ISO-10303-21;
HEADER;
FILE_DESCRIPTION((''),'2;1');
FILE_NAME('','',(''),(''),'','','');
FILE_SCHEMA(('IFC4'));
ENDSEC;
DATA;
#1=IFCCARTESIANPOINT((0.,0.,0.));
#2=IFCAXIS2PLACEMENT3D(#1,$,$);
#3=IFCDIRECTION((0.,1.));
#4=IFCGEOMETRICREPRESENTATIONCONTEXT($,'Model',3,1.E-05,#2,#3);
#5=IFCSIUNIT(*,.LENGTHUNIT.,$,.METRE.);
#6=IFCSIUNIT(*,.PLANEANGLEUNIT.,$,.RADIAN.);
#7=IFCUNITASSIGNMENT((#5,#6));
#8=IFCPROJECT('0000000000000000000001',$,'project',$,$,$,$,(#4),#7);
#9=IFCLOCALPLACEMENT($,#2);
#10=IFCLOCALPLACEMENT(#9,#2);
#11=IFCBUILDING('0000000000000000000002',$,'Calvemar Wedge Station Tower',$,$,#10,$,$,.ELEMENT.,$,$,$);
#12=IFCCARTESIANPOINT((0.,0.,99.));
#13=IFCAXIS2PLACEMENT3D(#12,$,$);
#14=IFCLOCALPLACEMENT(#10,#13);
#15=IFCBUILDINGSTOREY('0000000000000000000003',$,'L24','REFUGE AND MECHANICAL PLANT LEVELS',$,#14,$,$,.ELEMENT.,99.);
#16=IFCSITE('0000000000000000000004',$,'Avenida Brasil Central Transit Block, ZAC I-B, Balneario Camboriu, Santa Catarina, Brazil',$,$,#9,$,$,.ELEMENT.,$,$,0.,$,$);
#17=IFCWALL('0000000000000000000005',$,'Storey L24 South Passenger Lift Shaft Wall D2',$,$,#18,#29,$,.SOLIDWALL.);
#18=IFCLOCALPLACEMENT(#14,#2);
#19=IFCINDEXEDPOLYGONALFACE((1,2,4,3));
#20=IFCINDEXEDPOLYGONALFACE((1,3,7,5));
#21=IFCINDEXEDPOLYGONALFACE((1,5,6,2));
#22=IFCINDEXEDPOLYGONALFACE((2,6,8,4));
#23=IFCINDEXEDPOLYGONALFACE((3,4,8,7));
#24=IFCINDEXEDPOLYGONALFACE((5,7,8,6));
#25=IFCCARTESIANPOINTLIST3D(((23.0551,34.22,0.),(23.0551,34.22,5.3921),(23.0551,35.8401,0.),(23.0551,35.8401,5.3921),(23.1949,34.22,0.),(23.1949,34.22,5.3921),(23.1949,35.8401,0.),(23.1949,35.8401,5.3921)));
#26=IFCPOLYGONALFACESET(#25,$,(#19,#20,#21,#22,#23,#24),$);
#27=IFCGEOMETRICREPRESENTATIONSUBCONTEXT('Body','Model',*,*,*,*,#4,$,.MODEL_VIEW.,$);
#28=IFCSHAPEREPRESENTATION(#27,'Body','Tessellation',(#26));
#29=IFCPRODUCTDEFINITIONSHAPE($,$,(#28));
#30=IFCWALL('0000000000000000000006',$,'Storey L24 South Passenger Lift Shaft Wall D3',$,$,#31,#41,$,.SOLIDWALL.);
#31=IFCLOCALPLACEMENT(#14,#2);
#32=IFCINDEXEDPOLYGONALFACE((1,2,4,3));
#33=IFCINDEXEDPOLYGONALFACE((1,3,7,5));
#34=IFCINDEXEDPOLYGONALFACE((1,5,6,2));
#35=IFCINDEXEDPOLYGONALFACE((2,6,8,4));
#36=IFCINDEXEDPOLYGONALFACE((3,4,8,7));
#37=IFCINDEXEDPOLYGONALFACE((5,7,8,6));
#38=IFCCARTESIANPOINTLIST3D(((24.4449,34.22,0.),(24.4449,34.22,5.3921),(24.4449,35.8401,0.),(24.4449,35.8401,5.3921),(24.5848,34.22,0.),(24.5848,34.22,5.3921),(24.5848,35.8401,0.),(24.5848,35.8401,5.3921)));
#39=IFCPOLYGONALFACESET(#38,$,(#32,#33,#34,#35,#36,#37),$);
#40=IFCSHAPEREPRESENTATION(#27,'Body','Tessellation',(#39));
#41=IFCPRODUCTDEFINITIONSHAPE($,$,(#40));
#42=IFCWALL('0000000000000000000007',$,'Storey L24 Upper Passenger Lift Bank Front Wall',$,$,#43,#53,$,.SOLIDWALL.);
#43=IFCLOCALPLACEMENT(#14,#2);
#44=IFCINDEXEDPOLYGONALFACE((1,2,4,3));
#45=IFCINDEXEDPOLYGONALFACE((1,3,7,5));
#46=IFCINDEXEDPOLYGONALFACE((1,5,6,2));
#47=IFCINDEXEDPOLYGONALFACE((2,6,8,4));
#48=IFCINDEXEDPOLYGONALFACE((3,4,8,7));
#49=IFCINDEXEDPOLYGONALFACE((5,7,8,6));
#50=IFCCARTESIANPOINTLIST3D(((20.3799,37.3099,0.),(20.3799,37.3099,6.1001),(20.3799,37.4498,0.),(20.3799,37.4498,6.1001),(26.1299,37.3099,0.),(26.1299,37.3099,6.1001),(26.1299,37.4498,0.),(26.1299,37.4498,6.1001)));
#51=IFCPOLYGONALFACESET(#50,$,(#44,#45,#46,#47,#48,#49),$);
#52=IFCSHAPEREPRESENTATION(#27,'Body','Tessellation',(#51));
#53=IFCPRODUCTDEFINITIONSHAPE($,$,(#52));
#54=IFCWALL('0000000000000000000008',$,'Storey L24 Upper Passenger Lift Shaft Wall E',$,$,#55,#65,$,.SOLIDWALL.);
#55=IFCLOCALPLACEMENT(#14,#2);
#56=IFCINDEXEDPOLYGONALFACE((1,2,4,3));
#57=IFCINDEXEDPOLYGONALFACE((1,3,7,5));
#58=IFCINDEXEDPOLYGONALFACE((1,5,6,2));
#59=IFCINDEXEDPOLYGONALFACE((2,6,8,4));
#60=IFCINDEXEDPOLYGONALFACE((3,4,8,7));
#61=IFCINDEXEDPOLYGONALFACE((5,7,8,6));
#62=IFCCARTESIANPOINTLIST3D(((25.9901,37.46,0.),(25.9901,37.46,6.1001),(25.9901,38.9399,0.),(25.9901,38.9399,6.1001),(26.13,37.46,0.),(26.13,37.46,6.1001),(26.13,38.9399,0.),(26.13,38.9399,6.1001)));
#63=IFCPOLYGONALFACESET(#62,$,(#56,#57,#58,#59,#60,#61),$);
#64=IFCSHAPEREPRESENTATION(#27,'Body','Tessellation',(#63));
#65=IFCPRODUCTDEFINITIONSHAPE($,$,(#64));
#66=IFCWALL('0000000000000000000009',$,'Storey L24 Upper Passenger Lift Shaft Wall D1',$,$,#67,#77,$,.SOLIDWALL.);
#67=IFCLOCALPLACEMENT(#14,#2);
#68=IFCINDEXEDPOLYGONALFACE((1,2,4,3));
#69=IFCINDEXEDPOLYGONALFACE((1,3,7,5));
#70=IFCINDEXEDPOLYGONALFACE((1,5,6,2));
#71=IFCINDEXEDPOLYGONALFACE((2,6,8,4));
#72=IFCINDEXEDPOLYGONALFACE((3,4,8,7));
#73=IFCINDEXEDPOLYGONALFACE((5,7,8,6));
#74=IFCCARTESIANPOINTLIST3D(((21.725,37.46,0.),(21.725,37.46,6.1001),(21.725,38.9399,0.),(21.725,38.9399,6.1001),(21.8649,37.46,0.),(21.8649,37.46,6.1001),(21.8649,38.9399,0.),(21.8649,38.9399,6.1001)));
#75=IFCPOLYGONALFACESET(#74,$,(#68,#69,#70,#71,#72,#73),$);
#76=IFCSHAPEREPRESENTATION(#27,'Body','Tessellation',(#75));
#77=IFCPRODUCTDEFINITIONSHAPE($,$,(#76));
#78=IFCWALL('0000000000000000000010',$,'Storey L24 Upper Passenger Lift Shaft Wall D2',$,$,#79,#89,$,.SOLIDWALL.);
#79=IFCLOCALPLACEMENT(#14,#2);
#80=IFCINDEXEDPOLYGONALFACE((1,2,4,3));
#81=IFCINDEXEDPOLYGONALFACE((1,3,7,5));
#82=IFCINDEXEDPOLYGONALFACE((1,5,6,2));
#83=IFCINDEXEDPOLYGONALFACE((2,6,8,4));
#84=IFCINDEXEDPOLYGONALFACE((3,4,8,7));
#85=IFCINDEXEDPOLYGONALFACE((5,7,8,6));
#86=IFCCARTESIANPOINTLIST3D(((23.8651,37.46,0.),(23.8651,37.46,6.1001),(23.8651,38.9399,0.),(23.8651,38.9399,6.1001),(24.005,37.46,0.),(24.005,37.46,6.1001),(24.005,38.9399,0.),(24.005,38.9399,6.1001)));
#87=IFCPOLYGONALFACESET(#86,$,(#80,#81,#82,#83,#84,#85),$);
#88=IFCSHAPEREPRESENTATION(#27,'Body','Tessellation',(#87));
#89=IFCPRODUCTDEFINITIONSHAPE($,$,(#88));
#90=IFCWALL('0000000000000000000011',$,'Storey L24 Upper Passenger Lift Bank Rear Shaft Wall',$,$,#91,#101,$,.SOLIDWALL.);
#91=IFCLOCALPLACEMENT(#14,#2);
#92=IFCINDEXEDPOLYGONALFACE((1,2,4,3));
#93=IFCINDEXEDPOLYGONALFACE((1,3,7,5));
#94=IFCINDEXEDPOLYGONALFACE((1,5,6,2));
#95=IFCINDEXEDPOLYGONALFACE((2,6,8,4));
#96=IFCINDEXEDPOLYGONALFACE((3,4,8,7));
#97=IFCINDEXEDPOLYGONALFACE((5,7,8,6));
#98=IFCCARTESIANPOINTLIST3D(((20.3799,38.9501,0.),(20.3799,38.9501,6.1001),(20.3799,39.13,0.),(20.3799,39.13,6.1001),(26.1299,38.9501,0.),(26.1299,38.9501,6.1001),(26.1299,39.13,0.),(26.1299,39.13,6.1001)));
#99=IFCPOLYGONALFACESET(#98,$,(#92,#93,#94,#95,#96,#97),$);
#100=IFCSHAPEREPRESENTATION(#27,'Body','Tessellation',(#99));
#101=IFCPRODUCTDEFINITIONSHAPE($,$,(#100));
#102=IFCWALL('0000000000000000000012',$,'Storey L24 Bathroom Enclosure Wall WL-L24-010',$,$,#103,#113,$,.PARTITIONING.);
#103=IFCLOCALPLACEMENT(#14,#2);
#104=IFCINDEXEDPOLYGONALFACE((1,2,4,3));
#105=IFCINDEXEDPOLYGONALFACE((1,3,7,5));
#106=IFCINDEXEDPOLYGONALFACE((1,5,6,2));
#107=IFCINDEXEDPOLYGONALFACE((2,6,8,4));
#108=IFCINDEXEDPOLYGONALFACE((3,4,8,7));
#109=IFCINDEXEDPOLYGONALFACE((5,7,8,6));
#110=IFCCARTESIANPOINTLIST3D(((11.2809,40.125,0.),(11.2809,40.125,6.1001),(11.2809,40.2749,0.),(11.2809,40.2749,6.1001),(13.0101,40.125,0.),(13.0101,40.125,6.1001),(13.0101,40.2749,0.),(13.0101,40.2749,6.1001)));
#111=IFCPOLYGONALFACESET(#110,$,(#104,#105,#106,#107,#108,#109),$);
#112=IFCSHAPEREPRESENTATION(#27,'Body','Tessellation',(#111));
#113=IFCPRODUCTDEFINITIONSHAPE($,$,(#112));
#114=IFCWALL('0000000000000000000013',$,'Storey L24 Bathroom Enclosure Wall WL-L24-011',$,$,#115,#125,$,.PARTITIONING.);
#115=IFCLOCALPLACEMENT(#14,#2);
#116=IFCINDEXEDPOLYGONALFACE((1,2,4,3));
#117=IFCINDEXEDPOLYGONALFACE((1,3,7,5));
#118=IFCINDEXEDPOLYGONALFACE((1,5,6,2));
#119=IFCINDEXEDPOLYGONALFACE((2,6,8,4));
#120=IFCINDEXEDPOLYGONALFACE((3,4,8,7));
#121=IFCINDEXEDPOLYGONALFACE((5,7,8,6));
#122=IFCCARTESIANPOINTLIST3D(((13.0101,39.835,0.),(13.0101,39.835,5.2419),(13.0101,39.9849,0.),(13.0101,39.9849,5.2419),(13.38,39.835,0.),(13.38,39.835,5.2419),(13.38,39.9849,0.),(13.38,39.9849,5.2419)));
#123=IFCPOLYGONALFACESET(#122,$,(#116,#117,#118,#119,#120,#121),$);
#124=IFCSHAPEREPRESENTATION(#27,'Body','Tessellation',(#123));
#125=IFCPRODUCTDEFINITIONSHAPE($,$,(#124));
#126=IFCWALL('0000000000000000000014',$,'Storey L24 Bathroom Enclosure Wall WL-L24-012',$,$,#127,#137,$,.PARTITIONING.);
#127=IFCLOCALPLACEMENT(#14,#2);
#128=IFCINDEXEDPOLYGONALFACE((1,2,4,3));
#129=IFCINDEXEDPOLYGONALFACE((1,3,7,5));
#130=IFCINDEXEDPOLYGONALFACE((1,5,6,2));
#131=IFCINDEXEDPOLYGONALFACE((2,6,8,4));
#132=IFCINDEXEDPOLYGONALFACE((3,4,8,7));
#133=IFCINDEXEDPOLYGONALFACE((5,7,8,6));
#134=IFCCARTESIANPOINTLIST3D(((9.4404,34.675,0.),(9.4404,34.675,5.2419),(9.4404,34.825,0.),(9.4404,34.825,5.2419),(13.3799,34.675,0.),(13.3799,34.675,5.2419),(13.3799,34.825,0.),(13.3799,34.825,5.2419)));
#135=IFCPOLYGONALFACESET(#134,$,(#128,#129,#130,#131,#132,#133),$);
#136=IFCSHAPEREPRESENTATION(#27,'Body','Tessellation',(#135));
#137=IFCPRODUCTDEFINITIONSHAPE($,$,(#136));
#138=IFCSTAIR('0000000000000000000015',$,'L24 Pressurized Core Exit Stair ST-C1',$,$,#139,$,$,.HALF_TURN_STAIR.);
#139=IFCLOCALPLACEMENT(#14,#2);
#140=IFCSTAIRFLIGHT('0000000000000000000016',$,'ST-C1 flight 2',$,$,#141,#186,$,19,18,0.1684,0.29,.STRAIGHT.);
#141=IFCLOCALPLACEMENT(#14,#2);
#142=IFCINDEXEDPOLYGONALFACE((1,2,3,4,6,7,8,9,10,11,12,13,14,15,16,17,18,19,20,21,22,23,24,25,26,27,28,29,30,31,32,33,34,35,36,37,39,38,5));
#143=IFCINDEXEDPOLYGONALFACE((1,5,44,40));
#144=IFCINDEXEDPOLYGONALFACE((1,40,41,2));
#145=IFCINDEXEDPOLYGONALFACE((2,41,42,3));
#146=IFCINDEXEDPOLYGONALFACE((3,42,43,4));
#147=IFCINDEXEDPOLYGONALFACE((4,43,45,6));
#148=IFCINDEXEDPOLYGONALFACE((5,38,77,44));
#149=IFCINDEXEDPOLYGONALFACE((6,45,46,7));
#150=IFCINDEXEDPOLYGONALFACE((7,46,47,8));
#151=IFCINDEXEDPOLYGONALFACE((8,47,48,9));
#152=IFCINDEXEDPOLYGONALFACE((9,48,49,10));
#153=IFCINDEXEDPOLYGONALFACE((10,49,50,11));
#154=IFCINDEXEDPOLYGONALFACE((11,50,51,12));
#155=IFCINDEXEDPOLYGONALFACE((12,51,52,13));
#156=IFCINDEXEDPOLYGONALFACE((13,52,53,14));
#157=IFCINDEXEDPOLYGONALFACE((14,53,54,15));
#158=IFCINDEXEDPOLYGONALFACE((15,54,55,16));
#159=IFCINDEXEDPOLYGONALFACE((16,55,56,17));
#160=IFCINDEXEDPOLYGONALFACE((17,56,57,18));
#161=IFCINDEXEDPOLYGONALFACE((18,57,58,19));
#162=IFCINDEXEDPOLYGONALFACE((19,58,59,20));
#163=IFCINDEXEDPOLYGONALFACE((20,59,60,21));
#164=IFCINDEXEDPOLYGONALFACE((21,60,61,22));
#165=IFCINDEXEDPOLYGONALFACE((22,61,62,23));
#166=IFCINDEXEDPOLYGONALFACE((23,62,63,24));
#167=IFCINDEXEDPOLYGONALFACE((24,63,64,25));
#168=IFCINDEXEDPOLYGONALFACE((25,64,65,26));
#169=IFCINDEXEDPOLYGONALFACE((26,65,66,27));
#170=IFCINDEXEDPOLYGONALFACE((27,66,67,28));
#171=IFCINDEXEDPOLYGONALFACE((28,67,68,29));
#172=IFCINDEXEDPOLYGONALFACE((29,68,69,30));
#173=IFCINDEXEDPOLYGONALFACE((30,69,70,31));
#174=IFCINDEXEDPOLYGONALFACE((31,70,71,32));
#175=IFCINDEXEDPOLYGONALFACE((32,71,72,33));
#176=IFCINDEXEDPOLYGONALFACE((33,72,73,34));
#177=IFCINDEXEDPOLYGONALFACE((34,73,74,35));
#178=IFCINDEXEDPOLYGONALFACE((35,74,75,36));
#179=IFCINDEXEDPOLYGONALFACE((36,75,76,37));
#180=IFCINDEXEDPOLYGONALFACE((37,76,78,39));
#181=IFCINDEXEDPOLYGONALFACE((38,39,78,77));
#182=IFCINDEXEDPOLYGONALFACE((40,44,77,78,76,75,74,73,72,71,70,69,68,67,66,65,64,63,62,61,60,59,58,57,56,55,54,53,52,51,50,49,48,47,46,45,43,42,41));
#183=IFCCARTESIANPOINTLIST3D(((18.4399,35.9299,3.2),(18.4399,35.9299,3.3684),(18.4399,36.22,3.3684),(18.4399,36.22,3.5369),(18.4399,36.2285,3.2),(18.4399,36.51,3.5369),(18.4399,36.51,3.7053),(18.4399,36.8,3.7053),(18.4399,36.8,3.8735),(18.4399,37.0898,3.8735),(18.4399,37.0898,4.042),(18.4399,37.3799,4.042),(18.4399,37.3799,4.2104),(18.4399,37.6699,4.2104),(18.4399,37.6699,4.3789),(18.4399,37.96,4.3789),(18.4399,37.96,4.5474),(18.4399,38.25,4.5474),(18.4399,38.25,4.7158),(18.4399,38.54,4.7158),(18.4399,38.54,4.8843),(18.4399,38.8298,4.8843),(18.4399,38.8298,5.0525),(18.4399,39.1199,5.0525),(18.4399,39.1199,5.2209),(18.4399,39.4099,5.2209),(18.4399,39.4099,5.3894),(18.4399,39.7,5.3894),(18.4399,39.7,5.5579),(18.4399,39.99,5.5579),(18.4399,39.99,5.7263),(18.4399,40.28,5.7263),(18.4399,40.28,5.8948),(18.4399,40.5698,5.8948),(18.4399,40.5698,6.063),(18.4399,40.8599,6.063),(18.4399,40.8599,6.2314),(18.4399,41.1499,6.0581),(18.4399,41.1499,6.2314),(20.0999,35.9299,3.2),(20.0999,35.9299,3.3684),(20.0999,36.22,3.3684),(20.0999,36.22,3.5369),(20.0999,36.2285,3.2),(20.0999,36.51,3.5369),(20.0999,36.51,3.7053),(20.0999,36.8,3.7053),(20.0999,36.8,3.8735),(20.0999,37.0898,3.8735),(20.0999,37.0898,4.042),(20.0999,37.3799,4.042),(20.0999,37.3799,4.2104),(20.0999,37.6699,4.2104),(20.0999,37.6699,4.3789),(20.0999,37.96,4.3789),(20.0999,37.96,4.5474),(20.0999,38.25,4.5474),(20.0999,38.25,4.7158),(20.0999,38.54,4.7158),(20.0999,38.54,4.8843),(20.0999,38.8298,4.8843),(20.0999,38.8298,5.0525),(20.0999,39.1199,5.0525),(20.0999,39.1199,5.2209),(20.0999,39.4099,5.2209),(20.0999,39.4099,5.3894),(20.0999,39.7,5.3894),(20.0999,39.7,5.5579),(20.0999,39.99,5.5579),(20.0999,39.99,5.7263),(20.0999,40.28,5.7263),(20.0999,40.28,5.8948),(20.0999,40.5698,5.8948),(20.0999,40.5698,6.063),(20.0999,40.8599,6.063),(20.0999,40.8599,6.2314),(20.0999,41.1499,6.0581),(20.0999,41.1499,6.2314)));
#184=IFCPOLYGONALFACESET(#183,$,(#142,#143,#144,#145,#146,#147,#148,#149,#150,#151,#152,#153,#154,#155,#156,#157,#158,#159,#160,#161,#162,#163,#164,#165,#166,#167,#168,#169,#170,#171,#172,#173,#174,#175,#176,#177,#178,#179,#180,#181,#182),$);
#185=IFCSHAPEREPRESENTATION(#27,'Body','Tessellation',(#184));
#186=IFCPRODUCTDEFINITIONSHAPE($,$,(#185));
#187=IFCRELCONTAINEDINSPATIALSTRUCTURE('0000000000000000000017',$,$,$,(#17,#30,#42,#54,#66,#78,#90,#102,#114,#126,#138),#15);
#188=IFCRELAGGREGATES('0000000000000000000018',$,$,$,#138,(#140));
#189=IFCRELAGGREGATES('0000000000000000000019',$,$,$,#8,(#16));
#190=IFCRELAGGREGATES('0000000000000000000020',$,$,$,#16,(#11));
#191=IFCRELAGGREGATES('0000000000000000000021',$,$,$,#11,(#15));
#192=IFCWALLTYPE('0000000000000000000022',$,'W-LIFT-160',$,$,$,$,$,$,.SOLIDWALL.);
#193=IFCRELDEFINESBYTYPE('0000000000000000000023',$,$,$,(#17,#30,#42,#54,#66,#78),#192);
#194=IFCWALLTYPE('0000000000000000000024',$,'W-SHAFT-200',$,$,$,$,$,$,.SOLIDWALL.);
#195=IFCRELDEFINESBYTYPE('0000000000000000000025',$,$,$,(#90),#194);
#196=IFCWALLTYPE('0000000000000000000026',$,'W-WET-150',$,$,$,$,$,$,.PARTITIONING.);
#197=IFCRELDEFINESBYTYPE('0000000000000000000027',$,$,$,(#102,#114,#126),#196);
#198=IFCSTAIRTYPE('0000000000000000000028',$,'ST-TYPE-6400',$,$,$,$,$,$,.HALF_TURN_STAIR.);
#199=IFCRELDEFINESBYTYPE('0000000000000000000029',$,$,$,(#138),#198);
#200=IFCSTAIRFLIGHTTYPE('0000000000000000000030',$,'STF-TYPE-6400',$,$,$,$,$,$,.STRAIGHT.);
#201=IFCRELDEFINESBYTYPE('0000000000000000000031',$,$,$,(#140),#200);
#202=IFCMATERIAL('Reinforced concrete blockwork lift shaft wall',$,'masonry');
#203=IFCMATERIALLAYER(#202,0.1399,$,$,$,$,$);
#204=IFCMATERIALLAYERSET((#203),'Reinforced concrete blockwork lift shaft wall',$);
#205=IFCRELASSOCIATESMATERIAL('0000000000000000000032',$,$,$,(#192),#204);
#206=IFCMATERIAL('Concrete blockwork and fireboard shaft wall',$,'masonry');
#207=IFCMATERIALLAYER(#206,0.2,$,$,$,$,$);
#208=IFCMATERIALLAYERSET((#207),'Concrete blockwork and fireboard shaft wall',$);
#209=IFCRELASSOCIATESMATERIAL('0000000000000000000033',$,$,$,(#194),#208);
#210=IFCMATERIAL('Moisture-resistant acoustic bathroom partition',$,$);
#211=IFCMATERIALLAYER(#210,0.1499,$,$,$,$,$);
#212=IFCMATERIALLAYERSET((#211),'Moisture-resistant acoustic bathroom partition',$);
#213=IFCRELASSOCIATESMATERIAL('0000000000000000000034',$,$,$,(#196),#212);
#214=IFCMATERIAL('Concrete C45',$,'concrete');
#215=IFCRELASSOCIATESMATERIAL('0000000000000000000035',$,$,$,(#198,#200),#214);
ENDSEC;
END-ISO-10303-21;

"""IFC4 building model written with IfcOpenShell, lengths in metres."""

from ifc_helpers import new_model, si_unit, direction, frame, frame_2d, origin, place, context, subcontext, project, spatial, polyline, rectangle, outline, extrude, material, layer, layer_set, type_object, element, aggregate, save


model = new_model("IFC4")

# Units and contexts
model_context = context("Model", 3, precision=1e-05, world=origin(), true_north=direction((0.0, 1.0)))
body_context = subcontext(model_context, "Body", "Model", "MODEL_VIEW")
ifc_project = project(units=[si_unit("LENGTHUNIT", "METRE"), si_unit("PLANEANGLEUNIT", "RADIAN")], contexts=[model_context])

# Site, building, storey
site_placement = place(None, origin())
site = spatial("IfcSite", under=ifc_project, at=site_placement, Name="Avenida Brasil Central Transit Block, ZAC I-B, Balneario Camboriu, Santa Catarina, Brazil", CompositionType="ELEMENT", RefElevation=0.0)
building_placement = place(site_placement, origin())
building = spatial("IfcBuilding", under=site, at=building_placement, Name="Calvemar Wedge Station Tower", CompositionType="ELEMENT")
storey_placement = place(building_placement, frame((0.0, 0.0, 99.0)))
storey = spatial("IfcBuildingStorey", under=building, at=storey_placement, Name="L24", Description="REFUGE AND MECHANICAL PLANT LEVELS", CompositionType="ELEMENT", Elevation=99.0)

# Walls
ifc_material_1 = material(Name="Reinforced concrete blockwork lift shaft wall", Category="masonry")
ifc_layer_1 = layer(ifc_material_1, 0.1399)
ifc_layer_set_1 = layer_set([ifc_layer_1], Name="Reinforced concrete blockwork lift shaft wall")
wall_type_1 = type_object("IfcWallType", Name="W-LIFT-160", PredefinedType="SOLIDWALL", material=ifc_layer_set_1)
for number, where, z_axis, x_axis, name in (
    (1, (23.125, 34.22, 0.0), (0.0, 0.0, 1.0), (0.0, 1.0, 0.0), "Storey L24 South Passenger Lift Shaft Wall D2"),
    (2, (24.5149, 34.22, 0.0), (0.0, 0.0, 1.0), (0.0, 1.0, 0.0), "Storey L24 South Passenger Lift Shaft Wall D3"),
):
    element("IfcWall", number, at=place(storey_placement, frame(where, z_axis=z_axis, x_axis=x_axis)), inside=storey, type_object=wall_type_1, Name=name, PredefinedType="SOLIDWALL", context=body_context, shape_type="SweptSolid", body=[
        extrude(rectangle(XDim=1.6201, YDim=0.1399, at=frame_2d((0.8101, 0.0))), origin(), (0.0, 0.0, 1.0), 5.3921),
    ])
wall_1_placement = place(storey_placement, frame((20.3799, 37.3799, 0.0), z_axis=(0.0, 0.0, 1.0), x_axis=(1.0, 0.0, 0.0)))
element("IfcWall", 3, at=wall_1_placement, inside=storey, type_object=wall_type_1, Name="Storey L24 Upper Passenger Lift Bank Front Wall", PredefinedType="SOLIDWALL", context=body_context, shape_type="SweptSolid", body=[
    extrude(rectangle(XDim=5.75, YDim=0.1399, at=frame_2d((2.875, 0.0))), origin(), (0.0, 0.0, 1.0), 6.1001),
])
for number, where, z_axis, x_axis, name in (
    (4, (26.0601, 37.46, 0.0), (0.0, 0.0, 1.0), (0.0, 1.0, 0.0), "Storey L24 Upper Passenger Lift Shaft Wall E"),
    (5, (21.7949, 37.46, 0.0), (0.0, 0.0, 1.0), (0.0, 1.0, 0.0), "Storey L24 Upper Passenger Lift Shaft Wall D1"),
    (6, (23.9351, 37.46, 0.0), (0.0, 0.0, 1.0), (0.0, 1.0, 0.0), "Storey L24 Upper Passenger Lift Shaft Wall D2"),
):
    element("IfcWall", number, at=place(storey_placement, frame(where, z_axis=z_axis, x_axis=x_axis)), inside=storey, type_object=wall_type_1, Name=name, PredefinedType="SOLIDWALL", context=body_context, shape_type="SweptSolid", body=[
        extrude(rectangle(XDim=1.48, YDim=0.1399, at=frame_2d((0.74, 0.0))), origin(), (0.0, 0.0, 1.0), 6.1001),
    ])
ifc_material_2 = material(Name="Concrete blockwork and fireboard shaft wall", Category="masonry")
ifc_layer_2 = layer(ifc_material_2, 0.2)
ifc_layer_set_2 = layer_set([ifc_layer_2], Name="Concrete blockwork and fireboard shaft wall")
wall_type_2 = type_object("IfcWallType", Name="W-SHAFT-200", PredefinedType="SOLIDWALL", material=ifc_layer_set_2)
wall_2_placement = place(storey_placement, frame((20.3799, 39.04, 0.0), z_axis=(0.0, 0.0, 1.0), x_axis=(1.0, 0.0, 0.0)))
element("IfcWall", 7, at=wall_2_placement, inside=storey, type_object=wall_type_2, Name="Storey L24 Upper Passenger Lift Bank Rear Shaft Wall", PredefinedType="SOLIDWALL", context=body_context, shape_type="SweptSolid", body=[
    extrude(rectangle(XDim=5.75, YDim=0.1799, at=frame_2d((2.875, 0.0))), origin(), (0.0, 0.0, 1.0), 6.1001),
])
ifc_material_3 = material(Name="Moisture-resistant acoustic bathroom partition")
ifc_layer_3 = layer(ifc_material_3, 0.1499)
ifc_layer_set_3 = layer_set([ifc_layer_3], Name="Moisture-resistant acoustic bathroom partition")
wall_type_3 = type_object("IfcWallType", Name="W-WET-150", PredefinedType="PARTITIONING", material=ifc_layer_set_3)
wall_3_placement = place(storey_placement, frame((11.2808, 40.2, 0.0), z_axis=(0.0, 0.0, 1.0), x_axis=(1.0, 0.0, 0.0)))
element("IfcWall", 8, at=wall_3_placement, inside=storey, type_object=wall_type_3, Name="Storey L24 Bathroom Enclosure Wall WL-L24-010", PredefinedType="PARTITIONING", context=body_context, shape_type="SweptSolid", body=[
    extrude(rectangle(XDim=1.7292, YDim=0.1499, at=frame_2d((0.8647, 0.0))), origin(), (0.0, 0.0, 1.0), 6.1001),
])
wall_4_placement = place(storey_placement, frame((13.01, 39.9099, 0.0), z_axis=(0.0, 0.0, 1.0), x_axis=(1.0, 0.0, 0.0)))
element("IfcWall", 9, at=wall_4_placement, inside=storey, type_object=wall_type_3, Name="Storey L24 Bathroom Enclosure Wall WL-L24-011", PredefinedType="PARTITIONING", context=body_context, shape_type="SweptSolid", body=[
    extrude(rectangle(XDim=0.3699, YDim=0.1499, at=frame_2d((0.1851, 0.0))), origin(), (0.0, 0.0, 1.0), 5.2419),
])
wall_5_placement = place(storey_placement, frame((13.3799, 34.75, 0.0), z_axis=(0.0, 0.0, 1.0), x_axis=(-1.0, 0.0, 0.0)))
element("IfcWall", 10, at=wall_5_placement, inside=storey, type_object=wall_type_3, Name="Storey L24 Bathroom Enclosure Wall WL-L24-012", PredefinedType="PARTITIONING", context=body_context, shape_type="SweptSolid", body=[
    extrude(rectangle(XDim=3.9395, YDim=0.1499, at=frame_2d((1.9697, 0.0))), origin(), (0.0, 0.0, 1.0), 5.2419),
])

# Stair, stair flight
ifc_material_4 = material(Name="Concrete C45", Category="concrete")
stair_type = type_object("IfcStairType", Name="ST-TYPE-6400", PredefinedType="HALF_TURN_STAIR", material=ifc_material_4)
stair_placement = place(storey_placement, origin())
stair = element("IfcStair", 11, at=stair_placement, inside=storey, type_object=stair_type, Name="L24 Pressurized Core Exit Stair ST-C1", PredefinedType="HALF_TURN_STAIR")
stair_flight_type = type_object("IfcStairFlightType", Name="STF-TYPE-6400", PredefinedType="STRAIGHT", material=ifc_material_4)
stair_flight_placement = place(storey_placement, frame((19.27, 35.9299, 3.2), z_axis=(0.0, 0.0, 1.0), x_axis=(0.0, 1.0, 0.0)))
stair_flight = element("IfcStairFlight", 12, at=stair_flight_placement, type_object=stair_flight_type, Name="ST-C1 flight 2", NumberOfRisers=19, NumberOfTreads=18, PredefinedType="STRAIGHT", RiserHeight=0.1684, TreadLength=0.29, context=body_context, shape_type="SweptSolid", body=[
    extrude(outline(polyline([(0.0, 0.0), (0.0, 0.1685), (0.29, 0.1685), (0.29, 0.3369), (0.5801, 0.3369), (0.5801, 0.5054), (0.8701, 0.5054), (0.8701, 0.6736), (1.1599, 0.6736), (1.1599, 0.842), (1.45, 0.842), (1.45, 1.0105), (1.74, 1.0105), (1.74, 1.179), (2.03, 1.179), (2.03, 1.3474), (2.3201, 1.3474), (2.3201, 1.5159), (2.6101, 1.5159), (2.6101, 1.6843), (2.8999, 1.6843), (2.8999, 1.8525), (3.1899, 1.8525), (3.1899, 2.021), (3.48, 2.021), (3.48, 2.1895), (3.77, 2.1895), (3.77, 2.3579), (4.0601, 2.3579), (4.0601, 2.5264), (4.3501, 2.5264), (4.3501, 2.6948), (4.6399, 2.6948), (4.6399, 2.863), (4.9299, 2.863), (4.9299, 3.0315), (5.22, 3.0315), (5.22, 3.2), (5.22, 2.8582), (0.2986, 0.0), (0.0, 0.0)])), frame((0.0, 0.8301, 0.0), z_axis=(0.0, -1.0, 0.0), x_axis=(1.0, 0.0, 0.0)), (0.0, 0.0, 1.0), 1.6599),
])
aggregate(stair, [stair_flight])

save(model, "model.ifc")
